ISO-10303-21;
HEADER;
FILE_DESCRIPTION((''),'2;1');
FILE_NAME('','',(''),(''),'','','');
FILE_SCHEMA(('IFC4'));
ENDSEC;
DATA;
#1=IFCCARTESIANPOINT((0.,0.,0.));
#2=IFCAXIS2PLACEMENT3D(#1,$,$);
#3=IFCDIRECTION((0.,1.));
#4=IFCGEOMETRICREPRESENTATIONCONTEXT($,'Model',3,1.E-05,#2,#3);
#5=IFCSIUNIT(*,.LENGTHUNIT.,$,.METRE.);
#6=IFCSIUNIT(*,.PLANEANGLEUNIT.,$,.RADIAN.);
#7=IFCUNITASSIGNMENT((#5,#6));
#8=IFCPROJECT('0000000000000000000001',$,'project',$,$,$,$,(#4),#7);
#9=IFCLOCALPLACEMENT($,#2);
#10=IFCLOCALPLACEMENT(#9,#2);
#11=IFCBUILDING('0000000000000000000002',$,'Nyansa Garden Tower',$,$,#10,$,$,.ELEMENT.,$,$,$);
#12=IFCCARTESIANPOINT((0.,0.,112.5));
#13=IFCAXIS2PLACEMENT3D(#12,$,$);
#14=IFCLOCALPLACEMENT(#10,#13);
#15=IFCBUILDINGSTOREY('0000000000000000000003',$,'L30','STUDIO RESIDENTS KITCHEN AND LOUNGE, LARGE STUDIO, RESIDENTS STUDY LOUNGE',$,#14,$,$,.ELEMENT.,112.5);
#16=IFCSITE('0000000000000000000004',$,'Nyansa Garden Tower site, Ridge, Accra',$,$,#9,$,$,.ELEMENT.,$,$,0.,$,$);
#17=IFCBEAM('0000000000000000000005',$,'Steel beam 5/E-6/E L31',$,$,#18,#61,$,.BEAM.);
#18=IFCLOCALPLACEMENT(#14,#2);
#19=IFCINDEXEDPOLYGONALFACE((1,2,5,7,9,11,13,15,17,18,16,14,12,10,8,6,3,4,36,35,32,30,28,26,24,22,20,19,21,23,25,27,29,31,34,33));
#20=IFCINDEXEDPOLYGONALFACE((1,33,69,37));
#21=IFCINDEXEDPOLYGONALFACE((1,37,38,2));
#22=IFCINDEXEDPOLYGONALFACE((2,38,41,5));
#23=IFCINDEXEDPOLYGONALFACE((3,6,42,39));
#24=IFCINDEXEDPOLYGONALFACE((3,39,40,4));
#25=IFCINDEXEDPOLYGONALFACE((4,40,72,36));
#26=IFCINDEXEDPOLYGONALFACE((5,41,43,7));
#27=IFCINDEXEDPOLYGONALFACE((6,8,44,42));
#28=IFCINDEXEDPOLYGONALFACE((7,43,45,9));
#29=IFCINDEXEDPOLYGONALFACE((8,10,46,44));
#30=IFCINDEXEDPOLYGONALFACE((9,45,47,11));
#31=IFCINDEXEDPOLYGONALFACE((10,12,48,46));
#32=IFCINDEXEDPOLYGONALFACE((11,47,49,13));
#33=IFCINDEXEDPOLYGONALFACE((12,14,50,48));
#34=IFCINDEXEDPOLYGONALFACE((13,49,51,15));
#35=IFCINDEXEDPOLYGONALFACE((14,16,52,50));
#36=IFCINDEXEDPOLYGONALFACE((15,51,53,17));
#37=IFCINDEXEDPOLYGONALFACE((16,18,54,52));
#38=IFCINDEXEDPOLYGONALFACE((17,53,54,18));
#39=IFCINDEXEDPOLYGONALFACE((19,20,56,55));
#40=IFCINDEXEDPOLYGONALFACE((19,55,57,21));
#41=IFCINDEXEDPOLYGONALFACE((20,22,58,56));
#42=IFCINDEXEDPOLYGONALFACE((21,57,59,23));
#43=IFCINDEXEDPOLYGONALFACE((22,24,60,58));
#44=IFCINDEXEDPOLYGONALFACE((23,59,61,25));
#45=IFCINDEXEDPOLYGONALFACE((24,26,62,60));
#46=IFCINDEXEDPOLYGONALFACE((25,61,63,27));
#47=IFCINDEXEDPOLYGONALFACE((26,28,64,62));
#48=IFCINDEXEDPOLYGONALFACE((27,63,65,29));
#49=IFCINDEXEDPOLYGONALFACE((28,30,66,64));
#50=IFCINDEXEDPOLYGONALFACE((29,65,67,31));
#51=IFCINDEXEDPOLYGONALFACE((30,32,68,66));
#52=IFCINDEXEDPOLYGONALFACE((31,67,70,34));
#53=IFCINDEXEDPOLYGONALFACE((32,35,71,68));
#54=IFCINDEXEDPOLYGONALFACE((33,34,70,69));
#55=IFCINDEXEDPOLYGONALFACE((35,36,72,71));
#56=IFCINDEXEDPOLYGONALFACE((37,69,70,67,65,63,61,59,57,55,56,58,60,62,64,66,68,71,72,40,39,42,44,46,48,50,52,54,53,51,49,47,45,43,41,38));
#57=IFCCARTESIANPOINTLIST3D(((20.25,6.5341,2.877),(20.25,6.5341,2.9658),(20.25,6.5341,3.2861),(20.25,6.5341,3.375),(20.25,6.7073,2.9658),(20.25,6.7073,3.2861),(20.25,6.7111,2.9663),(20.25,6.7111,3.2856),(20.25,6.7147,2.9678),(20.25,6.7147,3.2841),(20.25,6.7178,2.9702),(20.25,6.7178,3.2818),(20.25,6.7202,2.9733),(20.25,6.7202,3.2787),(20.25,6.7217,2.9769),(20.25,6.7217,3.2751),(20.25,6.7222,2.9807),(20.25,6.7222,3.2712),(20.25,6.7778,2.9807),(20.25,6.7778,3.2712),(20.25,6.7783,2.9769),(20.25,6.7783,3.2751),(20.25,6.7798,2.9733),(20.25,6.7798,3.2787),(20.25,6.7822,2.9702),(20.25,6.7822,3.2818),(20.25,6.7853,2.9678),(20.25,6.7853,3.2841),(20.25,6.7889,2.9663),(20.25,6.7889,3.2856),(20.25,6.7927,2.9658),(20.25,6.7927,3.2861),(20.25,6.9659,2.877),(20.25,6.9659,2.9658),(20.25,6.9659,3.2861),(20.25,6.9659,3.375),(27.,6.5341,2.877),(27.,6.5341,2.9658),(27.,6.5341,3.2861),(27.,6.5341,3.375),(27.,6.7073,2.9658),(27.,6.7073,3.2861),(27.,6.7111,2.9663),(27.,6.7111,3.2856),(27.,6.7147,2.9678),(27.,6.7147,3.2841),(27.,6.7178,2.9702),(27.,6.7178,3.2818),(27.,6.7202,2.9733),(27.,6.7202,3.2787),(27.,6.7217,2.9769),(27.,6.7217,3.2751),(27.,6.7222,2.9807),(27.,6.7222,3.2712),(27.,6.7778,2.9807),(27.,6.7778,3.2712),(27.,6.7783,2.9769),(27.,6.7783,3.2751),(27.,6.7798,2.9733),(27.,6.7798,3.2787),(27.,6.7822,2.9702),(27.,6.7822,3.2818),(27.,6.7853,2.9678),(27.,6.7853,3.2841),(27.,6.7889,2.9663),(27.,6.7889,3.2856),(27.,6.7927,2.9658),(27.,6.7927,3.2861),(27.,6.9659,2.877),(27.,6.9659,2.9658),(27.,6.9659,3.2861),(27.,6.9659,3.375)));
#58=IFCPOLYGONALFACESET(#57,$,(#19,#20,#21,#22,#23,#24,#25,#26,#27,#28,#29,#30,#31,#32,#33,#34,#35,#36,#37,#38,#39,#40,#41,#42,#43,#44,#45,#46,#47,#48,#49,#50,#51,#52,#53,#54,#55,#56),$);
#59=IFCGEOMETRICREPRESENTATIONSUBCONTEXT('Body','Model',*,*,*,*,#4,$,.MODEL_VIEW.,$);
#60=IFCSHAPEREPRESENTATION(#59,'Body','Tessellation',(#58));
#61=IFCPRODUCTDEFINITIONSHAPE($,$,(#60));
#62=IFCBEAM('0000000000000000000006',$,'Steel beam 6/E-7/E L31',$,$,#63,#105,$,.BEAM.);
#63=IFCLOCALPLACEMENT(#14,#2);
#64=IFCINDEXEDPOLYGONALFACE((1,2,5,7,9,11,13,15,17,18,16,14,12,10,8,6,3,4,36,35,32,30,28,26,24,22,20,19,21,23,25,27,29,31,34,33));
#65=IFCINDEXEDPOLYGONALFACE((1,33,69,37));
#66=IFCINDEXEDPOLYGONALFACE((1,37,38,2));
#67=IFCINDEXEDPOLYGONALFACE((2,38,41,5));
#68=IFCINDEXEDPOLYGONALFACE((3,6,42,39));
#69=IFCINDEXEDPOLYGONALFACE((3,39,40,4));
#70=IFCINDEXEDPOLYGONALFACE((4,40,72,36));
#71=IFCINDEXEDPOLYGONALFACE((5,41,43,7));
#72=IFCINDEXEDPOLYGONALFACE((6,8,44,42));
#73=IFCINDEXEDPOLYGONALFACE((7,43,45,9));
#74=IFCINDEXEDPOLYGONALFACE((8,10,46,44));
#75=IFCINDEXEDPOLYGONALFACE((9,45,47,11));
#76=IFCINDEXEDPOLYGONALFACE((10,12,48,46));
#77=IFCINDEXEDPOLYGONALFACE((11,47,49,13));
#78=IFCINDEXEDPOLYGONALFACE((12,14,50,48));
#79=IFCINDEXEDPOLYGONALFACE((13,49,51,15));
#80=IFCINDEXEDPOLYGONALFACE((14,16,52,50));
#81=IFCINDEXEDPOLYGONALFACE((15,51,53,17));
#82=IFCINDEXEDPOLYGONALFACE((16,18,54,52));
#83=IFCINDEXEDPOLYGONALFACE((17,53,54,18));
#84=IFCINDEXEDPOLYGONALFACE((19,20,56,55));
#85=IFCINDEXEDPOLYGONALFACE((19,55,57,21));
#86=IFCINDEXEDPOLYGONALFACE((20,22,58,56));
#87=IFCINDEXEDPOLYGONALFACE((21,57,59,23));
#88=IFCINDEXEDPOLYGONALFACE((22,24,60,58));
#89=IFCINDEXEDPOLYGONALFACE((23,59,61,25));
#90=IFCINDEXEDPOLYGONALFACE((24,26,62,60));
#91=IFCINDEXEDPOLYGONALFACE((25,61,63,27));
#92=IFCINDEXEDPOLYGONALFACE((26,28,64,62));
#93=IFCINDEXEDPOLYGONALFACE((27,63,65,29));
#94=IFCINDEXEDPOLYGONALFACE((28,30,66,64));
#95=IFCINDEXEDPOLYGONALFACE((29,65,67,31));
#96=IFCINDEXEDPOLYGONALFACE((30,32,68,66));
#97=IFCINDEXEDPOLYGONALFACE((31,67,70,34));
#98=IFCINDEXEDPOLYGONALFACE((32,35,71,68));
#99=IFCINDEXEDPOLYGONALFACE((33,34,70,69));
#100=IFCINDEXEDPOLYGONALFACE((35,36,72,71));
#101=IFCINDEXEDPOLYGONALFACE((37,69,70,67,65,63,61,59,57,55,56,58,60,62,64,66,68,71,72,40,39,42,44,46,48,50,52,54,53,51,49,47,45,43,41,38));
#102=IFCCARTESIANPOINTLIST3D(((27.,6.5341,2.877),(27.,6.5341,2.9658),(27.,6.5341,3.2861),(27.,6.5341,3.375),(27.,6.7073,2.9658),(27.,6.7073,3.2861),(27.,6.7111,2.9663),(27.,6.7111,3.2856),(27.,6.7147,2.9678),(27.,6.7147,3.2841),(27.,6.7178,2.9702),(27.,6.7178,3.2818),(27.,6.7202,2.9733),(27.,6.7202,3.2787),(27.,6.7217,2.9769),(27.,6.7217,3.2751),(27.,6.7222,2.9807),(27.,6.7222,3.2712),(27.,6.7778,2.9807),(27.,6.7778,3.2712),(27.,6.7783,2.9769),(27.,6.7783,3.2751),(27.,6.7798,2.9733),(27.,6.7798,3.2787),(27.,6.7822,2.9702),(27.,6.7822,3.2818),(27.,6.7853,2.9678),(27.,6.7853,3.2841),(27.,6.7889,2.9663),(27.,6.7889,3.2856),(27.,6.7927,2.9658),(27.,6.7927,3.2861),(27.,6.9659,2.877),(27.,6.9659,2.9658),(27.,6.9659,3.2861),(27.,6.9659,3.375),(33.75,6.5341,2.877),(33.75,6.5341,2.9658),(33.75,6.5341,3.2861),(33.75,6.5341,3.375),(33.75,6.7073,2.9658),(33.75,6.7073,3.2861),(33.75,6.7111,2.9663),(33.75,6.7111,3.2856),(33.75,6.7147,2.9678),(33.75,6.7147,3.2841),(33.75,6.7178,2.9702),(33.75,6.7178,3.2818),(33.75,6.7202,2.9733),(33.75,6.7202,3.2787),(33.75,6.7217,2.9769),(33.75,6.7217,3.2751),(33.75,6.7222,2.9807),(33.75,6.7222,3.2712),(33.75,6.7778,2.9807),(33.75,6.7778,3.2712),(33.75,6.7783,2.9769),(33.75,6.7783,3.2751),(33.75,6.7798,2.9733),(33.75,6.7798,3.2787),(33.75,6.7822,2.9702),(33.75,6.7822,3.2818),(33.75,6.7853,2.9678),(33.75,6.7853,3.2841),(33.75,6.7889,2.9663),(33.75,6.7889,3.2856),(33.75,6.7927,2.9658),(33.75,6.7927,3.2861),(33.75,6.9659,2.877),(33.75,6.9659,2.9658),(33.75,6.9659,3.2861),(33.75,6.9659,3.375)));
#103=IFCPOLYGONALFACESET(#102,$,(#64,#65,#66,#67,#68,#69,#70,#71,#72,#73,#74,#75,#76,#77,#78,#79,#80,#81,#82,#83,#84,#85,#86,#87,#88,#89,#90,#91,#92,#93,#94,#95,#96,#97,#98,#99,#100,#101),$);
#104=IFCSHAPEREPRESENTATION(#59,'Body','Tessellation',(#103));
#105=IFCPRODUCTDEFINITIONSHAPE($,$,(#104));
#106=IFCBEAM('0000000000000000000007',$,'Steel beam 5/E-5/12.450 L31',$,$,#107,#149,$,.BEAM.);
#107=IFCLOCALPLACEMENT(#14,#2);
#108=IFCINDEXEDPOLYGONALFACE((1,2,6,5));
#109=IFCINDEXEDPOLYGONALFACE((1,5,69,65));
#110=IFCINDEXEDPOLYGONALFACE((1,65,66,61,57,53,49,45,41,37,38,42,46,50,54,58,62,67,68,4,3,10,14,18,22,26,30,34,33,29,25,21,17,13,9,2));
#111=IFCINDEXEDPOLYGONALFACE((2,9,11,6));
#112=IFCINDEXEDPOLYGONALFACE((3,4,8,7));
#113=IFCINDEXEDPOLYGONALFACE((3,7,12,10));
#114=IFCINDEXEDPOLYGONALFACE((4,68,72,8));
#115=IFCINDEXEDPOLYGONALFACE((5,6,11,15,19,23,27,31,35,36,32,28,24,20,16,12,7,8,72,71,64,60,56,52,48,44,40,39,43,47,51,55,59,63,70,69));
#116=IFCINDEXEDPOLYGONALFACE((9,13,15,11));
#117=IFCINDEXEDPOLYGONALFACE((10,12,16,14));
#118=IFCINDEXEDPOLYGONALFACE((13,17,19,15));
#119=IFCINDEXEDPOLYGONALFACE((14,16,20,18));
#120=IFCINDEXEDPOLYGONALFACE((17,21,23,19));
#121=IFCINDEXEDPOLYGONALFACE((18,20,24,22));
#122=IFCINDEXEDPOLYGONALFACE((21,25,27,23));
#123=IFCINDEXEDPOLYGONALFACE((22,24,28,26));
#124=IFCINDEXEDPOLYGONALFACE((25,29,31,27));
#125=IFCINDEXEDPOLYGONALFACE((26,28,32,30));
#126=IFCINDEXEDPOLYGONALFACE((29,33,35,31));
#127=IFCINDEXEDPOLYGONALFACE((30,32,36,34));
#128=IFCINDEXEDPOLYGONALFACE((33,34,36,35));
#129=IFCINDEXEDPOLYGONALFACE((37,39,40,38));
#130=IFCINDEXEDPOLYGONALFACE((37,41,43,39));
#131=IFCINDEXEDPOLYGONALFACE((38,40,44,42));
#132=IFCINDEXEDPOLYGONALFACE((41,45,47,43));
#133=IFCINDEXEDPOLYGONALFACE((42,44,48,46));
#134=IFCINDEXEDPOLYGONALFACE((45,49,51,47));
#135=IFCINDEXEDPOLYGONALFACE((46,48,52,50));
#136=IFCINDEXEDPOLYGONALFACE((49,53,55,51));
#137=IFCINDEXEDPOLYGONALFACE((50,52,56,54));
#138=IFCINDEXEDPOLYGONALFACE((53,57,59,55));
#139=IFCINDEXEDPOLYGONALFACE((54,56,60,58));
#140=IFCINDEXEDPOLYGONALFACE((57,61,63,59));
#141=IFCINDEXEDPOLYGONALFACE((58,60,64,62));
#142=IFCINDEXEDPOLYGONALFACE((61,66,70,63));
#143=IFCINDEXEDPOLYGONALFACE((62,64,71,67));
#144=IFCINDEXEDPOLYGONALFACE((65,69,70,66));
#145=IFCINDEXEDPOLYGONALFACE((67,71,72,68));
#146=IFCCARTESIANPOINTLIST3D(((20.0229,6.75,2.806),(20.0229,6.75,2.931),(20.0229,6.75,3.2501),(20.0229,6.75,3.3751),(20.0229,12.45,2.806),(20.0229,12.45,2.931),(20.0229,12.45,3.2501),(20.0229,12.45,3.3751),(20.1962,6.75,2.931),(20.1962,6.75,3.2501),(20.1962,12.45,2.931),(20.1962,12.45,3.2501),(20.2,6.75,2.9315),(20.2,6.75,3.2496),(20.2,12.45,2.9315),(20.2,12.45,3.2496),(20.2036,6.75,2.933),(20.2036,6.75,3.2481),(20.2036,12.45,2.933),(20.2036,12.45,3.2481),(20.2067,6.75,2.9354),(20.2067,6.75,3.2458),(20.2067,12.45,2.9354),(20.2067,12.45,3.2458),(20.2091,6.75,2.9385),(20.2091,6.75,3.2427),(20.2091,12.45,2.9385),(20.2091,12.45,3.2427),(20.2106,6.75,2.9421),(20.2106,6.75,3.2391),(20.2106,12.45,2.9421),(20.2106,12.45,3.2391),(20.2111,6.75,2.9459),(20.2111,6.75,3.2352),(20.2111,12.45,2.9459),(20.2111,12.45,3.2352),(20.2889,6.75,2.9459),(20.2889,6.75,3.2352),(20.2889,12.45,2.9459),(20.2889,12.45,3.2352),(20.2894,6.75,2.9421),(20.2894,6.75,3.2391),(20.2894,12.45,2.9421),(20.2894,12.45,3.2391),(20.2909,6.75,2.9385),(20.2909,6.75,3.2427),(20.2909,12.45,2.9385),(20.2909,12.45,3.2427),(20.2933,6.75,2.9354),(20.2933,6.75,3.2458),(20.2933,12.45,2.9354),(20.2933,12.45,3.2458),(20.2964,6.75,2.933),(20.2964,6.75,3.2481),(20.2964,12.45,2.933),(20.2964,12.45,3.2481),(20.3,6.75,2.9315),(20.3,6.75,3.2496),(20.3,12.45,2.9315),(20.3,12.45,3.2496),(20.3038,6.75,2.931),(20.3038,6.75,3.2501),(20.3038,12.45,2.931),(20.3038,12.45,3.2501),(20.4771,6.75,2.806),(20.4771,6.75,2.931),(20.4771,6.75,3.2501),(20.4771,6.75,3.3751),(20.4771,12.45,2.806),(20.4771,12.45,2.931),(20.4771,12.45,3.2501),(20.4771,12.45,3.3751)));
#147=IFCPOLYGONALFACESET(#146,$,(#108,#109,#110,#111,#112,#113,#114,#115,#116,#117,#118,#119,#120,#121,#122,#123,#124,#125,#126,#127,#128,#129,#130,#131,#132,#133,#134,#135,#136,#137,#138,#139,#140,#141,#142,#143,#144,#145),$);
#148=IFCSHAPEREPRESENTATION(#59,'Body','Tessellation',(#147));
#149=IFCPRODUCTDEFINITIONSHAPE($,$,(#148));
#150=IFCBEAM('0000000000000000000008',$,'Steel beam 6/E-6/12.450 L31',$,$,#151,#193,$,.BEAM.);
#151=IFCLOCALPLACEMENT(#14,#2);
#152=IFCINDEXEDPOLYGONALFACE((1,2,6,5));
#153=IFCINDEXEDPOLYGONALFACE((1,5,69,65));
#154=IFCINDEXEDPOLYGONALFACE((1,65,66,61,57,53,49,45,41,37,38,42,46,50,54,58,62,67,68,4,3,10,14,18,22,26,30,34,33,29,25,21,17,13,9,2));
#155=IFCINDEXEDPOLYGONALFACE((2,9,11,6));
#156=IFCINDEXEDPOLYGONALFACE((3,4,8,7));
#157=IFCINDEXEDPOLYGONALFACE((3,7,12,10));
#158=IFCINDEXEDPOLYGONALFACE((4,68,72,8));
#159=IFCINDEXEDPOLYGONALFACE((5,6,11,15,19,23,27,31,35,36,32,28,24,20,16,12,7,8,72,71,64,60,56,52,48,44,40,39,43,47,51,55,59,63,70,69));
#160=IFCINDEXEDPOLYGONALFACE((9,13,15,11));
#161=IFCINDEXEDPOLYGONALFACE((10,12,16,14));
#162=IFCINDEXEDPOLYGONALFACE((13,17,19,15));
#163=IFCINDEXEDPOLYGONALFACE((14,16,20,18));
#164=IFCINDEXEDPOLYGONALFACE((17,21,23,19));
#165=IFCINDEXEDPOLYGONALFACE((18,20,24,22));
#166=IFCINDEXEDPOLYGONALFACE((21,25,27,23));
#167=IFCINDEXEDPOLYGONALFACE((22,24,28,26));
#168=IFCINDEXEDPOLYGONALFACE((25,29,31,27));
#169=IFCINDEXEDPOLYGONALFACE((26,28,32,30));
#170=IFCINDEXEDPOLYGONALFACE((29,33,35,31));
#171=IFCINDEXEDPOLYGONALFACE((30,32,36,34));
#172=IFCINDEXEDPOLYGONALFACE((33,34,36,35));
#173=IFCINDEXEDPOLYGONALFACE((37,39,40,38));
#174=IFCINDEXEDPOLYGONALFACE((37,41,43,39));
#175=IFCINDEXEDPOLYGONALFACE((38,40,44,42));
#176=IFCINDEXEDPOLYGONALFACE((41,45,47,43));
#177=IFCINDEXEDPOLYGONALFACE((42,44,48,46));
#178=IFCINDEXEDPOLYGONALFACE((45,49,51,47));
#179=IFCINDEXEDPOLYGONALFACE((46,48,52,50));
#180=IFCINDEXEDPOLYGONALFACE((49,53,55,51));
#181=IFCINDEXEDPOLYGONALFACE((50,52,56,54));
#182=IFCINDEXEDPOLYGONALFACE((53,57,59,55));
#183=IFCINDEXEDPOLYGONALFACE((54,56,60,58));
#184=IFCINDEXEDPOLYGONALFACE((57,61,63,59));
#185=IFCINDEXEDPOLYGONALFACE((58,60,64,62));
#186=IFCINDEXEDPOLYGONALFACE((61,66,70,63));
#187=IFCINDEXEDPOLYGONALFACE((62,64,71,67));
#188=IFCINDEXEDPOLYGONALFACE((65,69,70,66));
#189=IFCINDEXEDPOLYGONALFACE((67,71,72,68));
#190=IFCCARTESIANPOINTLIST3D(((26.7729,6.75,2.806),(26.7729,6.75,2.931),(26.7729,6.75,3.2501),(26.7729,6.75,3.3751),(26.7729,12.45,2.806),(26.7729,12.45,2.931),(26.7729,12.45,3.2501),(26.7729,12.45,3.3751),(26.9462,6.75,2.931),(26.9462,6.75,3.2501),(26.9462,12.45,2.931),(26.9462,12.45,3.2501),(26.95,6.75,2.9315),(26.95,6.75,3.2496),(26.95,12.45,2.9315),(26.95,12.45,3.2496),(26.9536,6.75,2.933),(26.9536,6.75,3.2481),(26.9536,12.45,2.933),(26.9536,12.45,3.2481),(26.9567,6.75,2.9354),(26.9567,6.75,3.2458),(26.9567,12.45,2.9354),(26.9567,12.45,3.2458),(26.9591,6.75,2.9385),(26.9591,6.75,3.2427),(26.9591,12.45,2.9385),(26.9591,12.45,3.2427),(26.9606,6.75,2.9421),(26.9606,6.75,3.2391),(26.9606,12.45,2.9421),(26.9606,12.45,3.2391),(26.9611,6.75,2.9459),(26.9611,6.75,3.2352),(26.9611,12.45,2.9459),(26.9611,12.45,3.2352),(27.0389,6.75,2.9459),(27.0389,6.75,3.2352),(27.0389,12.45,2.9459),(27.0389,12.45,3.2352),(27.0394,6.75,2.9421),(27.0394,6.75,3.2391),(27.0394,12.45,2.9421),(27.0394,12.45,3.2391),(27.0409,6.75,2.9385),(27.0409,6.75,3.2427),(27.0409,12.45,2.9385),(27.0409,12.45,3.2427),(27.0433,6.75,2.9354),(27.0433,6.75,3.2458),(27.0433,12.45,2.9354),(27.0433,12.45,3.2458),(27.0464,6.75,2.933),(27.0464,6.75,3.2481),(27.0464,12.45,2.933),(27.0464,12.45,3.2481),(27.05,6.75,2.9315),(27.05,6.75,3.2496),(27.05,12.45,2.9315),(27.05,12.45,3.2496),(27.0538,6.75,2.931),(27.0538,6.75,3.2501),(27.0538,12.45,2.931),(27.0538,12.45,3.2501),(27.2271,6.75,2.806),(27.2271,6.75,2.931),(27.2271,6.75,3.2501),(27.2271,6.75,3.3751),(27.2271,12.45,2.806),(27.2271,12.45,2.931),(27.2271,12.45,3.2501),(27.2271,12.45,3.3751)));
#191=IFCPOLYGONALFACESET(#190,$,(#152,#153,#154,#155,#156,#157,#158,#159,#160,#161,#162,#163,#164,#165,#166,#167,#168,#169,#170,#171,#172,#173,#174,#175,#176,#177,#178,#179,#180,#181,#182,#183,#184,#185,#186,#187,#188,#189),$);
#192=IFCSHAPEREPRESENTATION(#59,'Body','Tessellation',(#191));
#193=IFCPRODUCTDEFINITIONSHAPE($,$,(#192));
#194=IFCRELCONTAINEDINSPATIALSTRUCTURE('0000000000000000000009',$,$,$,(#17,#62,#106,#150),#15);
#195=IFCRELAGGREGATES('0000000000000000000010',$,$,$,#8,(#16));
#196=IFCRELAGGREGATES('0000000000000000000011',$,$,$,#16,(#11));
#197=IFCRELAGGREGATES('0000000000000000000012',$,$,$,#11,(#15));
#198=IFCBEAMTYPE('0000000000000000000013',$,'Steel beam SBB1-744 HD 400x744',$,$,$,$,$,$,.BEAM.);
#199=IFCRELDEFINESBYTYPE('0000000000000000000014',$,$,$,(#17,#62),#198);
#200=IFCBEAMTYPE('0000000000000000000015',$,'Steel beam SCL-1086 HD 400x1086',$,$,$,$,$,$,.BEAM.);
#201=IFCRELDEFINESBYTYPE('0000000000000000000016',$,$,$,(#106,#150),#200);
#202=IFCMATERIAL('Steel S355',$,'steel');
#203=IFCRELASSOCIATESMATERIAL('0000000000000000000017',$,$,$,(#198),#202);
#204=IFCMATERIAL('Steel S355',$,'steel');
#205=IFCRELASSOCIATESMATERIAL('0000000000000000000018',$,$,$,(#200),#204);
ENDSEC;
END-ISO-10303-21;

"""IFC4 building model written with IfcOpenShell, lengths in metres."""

from ifc_helpers import new_model, si_unit, direction, frame, origin, origin_2d, place, context, subcontext, project, spatial, i_section, extrude, material, material_profile, profile_set, type_object, element, save


model = new_model("IFC4")

# Units and contexts
model_context = context("Model", 3, precision=1e-05, world=origin(), true_north=direction((0.0, 1.0)))
body_context = subcontext(model_context, "Body", "Model", "MODEL_VIEW")
ifc_project = project(units=[si_unit("LENGTHUNIT", "METRE"), si_unit("PLANEANGLEUNIT", "RADIAN")], contexts=[model_context])

# Site, building, storey
site_placement = place(None, origin())
site = spatial("IfcSite", under=ifc_project, at=site_placement, Name="Nyansa Garden Tower site, Ridge, Accra", CompositionType="ELEMENT", RefElevation=0.0)
building_placement = place(site_placement, origin())
building = spatial("IfcBuilding", under=site, at=building_placement, Name="Nyansa Garden Tower", CompositionType="ELEMENT")
storey_placement = place(building_placement, frame((0.0, 0.0, 112.5)))
storey = spatial("IfcBuildingStorey", under=building, at=storey_placement, Name="L30", Description="STUDIO RESIDENTS KITCHEN AND LOUNGE, LARGE STUDIO, RESIDENTS STUDY LOUNGE", CompositionType="ELEMENT", Elevation=112.5)

# Beams
ifc_material_1 = material(Name="Steel S355", Category="steel")
ifc_material_profile_1 = material_profile(ifc_material_1, i_section(OverallWidth=0.4319, OverallDepth=0.498, WebThickness=0.0557, FlangeThickness=0.0889, FilletRadius=0.0149, at=origin_2d()), Name="HD 400x744")
ifc_profile_set_1 = profile_set([ifc_material_profile_1], Name="Steel S355")
beam_type_1 = type_object("IfcBeamType", Name="Steel beam SBB1-744 HD 400x744", PredefinedType="BEAM", material=ifc_profile_set_1)
for number, where, z_axis, x_axis, name in (
    (1, (20.25, 6.75, 3.126), (1.0, 0.0, 0.0), (0.0, 1.0, 0.0), "Steel beam 5/E-6/E L31"),
    (2, (27.0, 6.75, 3.126), (1.0, 0.0, 0.0), (0.0, 1.0, 0.0), "Steel beam 6/E-7/E L31"),
):
    element("IfcBeam", number, at=place(storey_placement, frame(where, z_axis=z_axis, x_axis=x_axis)), inside=storey, type_object=beam_type_1, Name=name, PredefinedType="BEAM", context=body_context, shape_type="SweptSolid", body=[
        extrude(i_section(OverallWidth=0.4319, OverallDepth=0.498, WebThickness=0.0557, FlangeThickness=0.0889, FilletRadius=0.0149, at=origin_2d()), origin(), (0.0, 0.0, 1.0), 6.75),
    ])
ifc_material_2 = material(Name="Steel S355", Category="steel")
ifc_material_profile_2 = material_profile(ifc_material_2, i_section(OverallWidth=0.4541, OverallDepth=0.5691, WebThickness=0.0779, FlangeThickness=0.125, FilletRadius=0.0149, at=origin_2d()), Name="HD 400x1086")
ifc_profile_set_2 = profile_set([ifc_material_profile_2], Name="Steel S355")
beam_type_2 = type_object("IfcBeamType", Name="Steel beam SCL-1086 HD 400x1086", PredefinedType="BEAM", material=ifc_profile_set_2)
for number, where, z_axis, x_axis, name in (
    (3, (20.25, 6.75, 3.0906), (0.0, 1.0, 0.0), (-1.0, 0.0, 0.0), "Steel beam 5/E-5/12.450 L31"),
    (4, (27.0, 6.75, 3.0906), (0.0, 1.0, 0.0), (-1.0, 0.0, 0.0), "Steel beam 6/E-6/12.450 L31"),
):
    element("IfcBeam", number, at=place(storey_placement, frame(where, z_axis=z_axis, x_axis=x_axis)), inside=storey, type_object=beam_type_2, Name=name, PredefinedType="BEAM", context=body_context, shape_type="SweptSolid", body=[
        extrude(i_section(OverallWidth=0.4541, OverallDepth=0.5691, WebThickness=0.0779, FlangeThickness=0.125, FilletRadius=0.0149, at=origin_2d()), origin(), (0.0, 0.0, 1.0), 5.7),
    ])

save(model, "model.ifc")
